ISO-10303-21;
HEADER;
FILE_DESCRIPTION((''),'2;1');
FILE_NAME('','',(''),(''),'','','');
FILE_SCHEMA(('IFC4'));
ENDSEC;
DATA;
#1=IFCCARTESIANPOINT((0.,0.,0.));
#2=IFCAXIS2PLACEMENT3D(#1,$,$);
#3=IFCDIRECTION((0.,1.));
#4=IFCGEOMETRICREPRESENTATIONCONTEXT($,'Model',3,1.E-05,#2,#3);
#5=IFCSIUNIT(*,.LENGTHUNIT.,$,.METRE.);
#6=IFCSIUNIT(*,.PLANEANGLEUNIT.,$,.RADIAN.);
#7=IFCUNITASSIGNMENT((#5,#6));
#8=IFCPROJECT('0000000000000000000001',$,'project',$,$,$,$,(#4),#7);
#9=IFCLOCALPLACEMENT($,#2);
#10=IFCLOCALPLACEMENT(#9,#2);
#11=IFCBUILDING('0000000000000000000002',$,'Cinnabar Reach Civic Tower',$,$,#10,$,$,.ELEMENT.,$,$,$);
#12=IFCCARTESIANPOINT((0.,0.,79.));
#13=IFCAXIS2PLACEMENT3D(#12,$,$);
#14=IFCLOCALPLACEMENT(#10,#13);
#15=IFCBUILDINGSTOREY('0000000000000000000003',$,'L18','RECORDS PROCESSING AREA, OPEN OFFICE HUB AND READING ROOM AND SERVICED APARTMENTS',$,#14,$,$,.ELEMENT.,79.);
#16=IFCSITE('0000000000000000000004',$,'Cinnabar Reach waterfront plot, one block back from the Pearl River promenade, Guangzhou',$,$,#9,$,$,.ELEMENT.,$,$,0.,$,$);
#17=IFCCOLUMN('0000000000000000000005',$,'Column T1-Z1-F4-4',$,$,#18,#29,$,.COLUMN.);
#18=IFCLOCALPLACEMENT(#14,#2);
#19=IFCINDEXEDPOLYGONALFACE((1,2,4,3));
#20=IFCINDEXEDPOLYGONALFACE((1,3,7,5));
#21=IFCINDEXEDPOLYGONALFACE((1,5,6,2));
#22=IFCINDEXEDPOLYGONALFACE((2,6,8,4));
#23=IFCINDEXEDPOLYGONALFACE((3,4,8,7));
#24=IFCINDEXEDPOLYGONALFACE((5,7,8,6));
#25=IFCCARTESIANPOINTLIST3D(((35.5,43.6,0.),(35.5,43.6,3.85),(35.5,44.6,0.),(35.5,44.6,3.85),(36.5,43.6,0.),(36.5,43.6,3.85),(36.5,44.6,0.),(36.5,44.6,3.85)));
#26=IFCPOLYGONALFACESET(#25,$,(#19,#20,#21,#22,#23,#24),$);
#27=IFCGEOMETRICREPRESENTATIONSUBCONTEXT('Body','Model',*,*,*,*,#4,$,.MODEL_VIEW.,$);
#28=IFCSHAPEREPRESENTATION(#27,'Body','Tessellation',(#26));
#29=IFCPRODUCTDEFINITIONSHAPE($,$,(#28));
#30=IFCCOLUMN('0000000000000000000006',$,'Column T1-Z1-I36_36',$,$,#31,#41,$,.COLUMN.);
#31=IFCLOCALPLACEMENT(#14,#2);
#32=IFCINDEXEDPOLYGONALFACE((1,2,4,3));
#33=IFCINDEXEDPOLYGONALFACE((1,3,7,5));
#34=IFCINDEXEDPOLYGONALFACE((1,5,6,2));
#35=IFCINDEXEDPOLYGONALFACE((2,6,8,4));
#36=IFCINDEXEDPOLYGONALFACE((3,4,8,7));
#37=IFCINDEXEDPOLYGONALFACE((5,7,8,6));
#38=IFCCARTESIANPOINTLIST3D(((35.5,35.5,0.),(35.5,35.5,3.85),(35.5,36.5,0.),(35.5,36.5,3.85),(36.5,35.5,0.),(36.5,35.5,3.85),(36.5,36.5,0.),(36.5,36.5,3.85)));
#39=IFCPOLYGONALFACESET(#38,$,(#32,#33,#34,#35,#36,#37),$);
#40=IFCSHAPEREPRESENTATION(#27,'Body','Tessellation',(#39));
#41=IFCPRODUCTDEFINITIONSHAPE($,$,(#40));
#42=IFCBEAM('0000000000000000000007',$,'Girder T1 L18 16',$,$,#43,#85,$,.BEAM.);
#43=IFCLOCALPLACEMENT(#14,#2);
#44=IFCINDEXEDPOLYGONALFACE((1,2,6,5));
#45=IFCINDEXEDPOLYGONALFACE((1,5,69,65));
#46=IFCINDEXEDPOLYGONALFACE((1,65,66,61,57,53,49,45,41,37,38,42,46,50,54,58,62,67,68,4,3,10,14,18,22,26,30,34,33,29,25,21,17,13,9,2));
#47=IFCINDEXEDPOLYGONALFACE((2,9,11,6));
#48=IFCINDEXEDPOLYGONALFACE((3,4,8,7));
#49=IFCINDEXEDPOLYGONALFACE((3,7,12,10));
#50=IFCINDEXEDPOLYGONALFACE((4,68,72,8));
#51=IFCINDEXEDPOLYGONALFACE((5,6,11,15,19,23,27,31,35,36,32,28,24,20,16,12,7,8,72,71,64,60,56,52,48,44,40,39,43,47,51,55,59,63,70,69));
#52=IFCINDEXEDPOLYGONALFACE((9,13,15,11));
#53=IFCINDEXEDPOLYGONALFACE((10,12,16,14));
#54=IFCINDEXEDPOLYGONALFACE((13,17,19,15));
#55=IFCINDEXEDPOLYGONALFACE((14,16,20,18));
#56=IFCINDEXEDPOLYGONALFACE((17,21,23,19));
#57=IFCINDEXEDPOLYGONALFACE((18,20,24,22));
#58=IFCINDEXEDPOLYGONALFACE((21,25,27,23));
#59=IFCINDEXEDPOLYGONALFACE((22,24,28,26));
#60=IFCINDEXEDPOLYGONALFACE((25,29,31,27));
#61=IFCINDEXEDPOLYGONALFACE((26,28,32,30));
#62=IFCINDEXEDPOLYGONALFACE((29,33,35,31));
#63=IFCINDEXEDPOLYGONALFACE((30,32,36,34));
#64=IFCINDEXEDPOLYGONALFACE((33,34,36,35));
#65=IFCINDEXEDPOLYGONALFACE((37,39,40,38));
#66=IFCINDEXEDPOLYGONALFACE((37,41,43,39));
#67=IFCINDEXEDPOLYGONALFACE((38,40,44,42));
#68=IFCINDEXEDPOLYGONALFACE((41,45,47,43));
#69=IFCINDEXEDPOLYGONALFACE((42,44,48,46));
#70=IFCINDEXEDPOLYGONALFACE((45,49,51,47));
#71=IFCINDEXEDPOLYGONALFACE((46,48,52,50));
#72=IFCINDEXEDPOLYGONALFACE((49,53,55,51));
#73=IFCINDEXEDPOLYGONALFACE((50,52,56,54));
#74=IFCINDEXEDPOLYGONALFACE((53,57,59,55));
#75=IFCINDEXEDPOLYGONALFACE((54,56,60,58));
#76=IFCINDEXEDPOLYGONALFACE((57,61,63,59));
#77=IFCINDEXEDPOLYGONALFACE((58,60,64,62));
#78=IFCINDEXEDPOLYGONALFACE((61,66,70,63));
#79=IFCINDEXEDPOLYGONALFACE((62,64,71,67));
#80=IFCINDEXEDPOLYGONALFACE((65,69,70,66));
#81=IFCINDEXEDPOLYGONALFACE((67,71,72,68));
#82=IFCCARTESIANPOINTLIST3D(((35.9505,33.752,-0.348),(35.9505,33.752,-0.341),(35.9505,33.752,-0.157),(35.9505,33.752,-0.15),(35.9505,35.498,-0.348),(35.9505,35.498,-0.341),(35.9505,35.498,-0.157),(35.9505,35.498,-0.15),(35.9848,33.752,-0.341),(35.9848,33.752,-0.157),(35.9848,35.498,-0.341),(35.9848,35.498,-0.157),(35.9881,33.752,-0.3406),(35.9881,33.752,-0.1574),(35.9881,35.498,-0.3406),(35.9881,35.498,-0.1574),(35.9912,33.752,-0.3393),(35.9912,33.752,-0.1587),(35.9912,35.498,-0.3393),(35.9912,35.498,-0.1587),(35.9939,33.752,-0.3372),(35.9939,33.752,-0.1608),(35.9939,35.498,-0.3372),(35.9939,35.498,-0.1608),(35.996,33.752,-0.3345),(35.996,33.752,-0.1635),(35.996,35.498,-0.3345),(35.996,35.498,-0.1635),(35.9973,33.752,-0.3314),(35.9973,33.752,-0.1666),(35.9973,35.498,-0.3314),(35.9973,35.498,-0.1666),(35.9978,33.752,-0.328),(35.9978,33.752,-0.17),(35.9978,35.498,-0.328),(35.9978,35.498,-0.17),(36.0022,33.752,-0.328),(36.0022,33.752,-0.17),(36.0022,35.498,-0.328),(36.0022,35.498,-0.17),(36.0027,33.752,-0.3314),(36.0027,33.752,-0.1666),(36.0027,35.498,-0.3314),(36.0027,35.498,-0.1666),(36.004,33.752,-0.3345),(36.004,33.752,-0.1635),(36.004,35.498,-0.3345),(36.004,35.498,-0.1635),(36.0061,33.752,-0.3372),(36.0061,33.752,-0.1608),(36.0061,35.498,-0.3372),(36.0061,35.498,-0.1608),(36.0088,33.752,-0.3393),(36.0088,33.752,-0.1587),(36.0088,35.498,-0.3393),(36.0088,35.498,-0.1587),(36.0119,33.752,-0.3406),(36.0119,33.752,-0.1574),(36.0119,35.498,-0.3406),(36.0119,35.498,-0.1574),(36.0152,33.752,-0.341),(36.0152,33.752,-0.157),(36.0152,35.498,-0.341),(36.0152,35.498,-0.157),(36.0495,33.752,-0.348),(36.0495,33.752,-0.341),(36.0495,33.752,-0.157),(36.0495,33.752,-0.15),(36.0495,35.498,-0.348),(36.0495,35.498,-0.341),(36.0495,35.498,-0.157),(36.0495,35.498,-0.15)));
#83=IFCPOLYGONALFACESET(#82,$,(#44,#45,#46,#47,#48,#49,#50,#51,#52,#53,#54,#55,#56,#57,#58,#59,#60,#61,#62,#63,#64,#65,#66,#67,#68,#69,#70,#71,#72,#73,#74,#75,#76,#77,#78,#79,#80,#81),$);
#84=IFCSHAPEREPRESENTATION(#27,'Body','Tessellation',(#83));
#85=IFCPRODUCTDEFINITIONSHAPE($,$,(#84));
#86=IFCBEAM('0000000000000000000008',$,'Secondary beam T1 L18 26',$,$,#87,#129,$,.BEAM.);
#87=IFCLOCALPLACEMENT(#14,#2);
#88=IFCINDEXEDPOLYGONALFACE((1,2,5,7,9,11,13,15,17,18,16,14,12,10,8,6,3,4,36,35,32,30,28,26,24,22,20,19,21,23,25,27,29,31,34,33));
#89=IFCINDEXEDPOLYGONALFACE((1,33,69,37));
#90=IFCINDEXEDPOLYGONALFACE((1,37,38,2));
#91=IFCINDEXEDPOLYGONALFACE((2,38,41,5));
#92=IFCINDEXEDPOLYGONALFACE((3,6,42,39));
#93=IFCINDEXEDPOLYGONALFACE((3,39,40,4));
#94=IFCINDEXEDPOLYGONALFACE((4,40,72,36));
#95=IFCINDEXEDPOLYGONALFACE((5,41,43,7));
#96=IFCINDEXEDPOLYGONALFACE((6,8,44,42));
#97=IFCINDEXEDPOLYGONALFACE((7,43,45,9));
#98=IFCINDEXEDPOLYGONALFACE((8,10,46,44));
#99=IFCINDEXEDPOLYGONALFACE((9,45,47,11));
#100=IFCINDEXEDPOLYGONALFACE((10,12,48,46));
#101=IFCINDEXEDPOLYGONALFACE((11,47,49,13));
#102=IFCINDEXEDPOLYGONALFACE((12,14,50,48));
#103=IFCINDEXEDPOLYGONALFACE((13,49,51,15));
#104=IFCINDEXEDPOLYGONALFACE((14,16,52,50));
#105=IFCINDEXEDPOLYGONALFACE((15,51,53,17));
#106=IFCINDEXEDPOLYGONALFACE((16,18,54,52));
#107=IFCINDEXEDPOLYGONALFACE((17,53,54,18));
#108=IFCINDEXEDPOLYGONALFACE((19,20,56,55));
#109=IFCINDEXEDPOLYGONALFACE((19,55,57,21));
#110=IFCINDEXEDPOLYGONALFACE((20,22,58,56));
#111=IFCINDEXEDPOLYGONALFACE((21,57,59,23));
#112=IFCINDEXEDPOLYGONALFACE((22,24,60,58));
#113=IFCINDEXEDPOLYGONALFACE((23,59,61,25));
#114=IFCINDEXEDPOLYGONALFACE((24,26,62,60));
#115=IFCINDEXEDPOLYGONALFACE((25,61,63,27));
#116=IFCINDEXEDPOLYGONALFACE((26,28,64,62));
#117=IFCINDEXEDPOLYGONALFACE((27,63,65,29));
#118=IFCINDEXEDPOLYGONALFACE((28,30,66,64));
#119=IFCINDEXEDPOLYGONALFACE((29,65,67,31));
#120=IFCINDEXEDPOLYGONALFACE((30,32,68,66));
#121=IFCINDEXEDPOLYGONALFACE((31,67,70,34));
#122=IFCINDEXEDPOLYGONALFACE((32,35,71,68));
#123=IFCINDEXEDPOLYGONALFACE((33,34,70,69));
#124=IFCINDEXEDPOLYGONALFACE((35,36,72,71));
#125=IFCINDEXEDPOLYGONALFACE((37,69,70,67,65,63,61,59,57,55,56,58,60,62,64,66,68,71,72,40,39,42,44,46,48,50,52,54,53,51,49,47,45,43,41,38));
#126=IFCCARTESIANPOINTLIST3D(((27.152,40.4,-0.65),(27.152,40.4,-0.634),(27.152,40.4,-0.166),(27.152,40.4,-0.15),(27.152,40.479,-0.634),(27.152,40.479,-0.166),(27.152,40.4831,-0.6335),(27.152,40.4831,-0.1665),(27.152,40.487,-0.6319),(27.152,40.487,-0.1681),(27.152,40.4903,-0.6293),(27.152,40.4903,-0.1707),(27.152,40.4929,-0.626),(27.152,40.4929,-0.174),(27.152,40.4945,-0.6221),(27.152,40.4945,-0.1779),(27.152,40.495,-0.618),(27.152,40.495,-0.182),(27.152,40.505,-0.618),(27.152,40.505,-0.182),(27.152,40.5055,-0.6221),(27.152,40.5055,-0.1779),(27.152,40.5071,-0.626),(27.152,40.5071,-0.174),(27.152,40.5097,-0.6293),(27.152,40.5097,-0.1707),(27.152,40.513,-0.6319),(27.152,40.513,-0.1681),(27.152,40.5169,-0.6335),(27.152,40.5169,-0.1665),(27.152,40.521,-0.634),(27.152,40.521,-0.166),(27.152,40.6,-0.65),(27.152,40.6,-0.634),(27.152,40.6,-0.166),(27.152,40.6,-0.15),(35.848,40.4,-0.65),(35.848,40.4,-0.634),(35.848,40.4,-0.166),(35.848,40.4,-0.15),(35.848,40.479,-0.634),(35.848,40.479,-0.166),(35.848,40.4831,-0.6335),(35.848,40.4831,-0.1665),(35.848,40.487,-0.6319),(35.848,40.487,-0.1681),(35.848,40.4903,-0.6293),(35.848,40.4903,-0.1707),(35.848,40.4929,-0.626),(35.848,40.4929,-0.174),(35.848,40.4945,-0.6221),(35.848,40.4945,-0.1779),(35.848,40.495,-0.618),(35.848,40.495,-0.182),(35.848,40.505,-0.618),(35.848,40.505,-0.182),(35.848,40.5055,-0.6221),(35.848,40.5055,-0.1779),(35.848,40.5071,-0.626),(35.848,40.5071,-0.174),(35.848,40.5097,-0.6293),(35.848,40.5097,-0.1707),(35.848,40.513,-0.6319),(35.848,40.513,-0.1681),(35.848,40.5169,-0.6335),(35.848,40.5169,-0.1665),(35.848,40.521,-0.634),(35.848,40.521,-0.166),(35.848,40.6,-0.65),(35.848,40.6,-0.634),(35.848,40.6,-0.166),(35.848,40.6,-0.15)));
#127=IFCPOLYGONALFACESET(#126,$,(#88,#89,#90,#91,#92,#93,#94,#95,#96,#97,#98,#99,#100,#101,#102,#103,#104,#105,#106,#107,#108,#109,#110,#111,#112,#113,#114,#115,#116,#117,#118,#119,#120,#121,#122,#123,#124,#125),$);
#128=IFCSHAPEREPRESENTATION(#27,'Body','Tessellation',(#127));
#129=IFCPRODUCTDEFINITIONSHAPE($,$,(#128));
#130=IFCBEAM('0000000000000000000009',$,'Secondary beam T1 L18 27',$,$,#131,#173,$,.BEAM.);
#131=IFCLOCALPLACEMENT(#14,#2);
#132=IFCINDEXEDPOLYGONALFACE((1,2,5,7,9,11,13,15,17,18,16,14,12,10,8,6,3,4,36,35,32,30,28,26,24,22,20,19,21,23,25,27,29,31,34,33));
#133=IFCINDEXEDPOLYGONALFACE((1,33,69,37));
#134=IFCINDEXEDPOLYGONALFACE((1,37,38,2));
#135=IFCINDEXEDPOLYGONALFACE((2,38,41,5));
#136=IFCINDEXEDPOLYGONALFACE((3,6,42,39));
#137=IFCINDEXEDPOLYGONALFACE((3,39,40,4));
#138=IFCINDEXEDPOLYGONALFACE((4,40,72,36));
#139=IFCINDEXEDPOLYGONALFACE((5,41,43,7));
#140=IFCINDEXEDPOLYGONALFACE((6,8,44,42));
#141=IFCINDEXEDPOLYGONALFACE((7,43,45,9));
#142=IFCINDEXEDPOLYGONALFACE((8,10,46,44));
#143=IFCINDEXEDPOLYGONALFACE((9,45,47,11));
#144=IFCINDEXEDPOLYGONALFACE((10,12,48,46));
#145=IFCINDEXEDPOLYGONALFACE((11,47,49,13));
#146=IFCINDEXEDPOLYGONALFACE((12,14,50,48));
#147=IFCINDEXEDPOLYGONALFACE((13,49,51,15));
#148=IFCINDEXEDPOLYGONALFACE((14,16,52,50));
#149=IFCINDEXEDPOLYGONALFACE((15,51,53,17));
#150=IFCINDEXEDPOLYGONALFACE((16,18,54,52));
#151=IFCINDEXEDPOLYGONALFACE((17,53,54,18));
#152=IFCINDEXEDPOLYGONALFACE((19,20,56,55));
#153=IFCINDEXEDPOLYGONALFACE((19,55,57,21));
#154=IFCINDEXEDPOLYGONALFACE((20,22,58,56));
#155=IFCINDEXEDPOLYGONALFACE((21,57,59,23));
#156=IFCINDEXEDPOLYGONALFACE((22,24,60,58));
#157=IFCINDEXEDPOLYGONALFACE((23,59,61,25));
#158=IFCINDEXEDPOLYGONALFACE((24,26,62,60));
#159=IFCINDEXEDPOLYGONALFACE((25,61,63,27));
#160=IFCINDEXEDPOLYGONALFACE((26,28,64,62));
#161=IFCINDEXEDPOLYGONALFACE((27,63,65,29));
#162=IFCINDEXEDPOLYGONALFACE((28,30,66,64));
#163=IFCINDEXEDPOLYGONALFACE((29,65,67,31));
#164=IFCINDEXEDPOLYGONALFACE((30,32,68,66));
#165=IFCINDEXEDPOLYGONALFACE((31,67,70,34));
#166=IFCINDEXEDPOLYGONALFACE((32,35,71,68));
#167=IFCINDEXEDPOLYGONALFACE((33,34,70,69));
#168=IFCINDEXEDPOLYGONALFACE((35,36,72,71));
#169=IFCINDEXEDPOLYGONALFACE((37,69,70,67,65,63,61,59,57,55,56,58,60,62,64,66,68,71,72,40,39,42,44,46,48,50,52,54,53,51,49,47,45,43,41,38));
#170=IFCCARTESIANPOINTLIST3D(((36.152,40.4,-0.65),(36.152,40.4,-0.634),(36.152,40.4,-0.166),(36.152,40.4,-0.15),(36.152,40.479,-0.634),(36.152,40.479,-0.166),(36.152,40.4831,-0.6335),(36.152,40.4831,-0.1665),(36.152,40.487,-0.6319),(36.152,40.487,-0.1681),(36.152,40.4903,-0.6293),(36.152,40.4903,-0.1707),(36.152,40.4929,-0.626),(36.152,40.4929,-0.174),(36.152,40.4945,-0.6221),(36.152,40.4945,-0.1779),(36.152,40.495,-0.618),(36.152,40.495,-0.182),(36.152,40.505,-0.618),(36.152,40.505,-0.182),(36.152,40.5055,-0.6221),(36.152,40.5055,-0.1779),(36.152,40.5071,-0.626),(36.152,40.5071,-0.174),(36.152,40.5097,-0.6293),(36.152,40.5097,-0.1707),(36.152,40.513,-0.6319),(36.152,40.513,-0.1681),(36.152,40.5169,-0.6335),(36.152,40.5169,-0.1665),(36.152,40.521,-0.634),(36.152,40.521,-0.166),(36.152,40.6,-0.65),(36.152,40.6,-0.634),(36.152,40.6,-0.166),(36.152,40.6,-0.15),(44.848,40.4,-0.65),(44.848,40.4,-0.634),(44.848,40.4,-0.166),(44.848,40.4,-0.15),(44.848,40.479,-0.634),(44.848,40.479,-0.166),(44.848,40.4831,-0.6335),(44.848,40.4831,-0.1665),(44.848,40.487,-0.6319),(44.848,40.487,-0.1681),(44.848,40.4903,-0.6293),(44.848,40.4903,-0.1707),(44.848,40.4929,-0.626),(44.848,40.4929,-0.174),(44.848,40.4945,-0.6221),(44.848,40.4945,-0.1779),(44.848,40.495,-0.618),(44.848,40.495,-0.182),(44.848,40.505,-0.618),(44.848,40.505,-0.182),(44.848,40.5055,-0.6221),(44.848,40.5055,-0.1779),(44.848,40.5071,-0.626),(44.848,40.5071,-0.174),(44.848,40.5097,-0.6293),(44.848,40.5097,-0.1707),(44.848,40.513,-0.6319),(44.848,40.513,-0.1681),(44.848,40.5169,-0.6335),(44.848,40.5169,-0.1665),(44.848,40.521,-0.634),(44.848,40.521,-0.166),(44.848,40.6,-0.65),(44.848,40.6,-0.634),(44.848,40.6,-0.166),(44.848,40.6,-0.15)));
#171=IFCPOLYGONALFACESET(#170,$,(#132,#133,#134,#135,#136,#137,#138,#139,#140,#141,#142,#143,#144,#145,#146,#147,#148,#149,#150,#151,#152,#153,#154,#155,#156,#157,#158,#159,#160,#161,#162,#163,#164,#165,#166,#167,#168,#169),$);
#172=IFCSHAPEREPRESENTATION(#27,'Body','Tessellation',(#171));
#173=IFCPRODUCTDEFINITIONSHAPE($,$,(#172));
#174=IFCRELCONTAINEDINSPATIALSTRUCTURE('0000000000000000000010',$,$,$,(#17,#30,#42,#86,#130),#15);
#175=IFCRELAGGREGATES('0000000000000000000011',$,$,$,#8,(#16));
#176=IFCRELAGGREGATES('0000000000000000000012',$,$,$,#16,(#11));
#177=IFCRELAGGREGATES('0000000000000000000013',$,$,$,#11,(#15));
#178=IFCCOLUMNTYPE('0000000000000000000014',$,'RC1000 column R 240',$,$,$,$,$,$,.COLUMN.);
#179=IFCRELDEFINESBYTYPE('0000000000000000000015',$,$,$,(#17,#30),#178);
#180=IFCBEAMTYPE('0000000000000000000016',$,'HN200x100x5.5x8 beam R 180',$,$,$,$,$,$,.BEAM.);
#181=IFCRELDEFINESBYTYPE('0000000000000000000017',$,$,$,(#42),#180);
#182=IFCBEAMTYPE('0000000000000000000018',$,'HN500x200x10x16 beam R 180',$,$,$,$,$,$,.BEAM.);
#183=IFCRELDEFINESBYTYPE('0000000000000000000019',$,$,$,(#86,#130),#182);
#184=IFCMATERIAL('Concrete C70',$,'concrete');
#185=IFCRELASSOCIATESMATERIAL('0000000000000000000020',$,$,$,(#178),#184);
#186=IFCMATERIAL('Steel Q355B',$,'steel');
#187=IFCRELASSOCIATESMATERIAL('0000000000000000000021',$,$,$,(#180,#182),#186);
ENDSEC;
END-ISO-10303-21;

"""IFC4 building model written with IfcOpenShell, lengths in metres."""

from ifc_helpers import new_model, si_unit, direction, frame, origin, origin_2d, place, context, subcontext, project, spatial, rectangle, i_section, extrude, material, material_profile, profile_set, type_object, element, save


model = new_model("IFC4")

# Units and contexts
model_context = context("Model", 3, precision=1e-05, world=origin(), true_north=direction((0.0, 1.0)))
body_context = subcontext(model_context, "Body", "Model", "MODEL_VIEW")
ifc_project = project(units=[si_unit("LENGTHUNIT", "METRE"), si_unit("PLANEANGLEUNIT", "RADIAN")], contexts=[model_context])

# Site, building, storey
site_placement = place(None, origin())
site = spatial("IfcSite", under=ifc_project, at=site_placement, Name="Cinnabar Reach waterfront plot, one block back from the Pearl River promenade, Guangzhou", CompositionType="ELEMENT", RefElevation=0.0)
building_placement = place(site_placement, origin())
building = spatial("IfcBuilding", under=site, at=building_placement, Name="Cinnabar Reach Civic Tower", CompositionType="ELEMENT")
storey_placement = place(building_placement, frame((0.0, 0.0, 79.0)))
storey = spatial("IfcBuildingStorey", under=building, at=storey_placement, Name="L18", Description="RECORDS PROCESSING AREA, OPEN OFFICE HUB AND READING ROOM AND SERVICED APARTMENTS", CompositionType="ELEMENT", Elevation=79.0)

# Columns
ifc_material_1 = material(Name="Concrete C70", Category="concrete")
ifc_material_profile_1 = material_profile(ifc_material_1, rectangle(XDim=1.0, YDim=1.0, at=origin_2d()), Name="RC1000")
ifc_profile_set_1 = profile_set([ifc_material_profile_1], Name="Concrete C70")
column_type = type_object("IfcColumnType", Name="RC1000 column R 240", PredefinedType="COLUMN", material=ifc_profile_set_1)
for number, where, z_axis, x_axis, name in (
    (1, (36.0, 44.1, 0.0), (0.0, 0.0, 1.0), (1.0, 0.0, 0.0), "Column T1-Z1-F4-4"),
    (2, (36.0, 36.0, 0.0), (0.0, 0.0, 1.0), (1.0, 0.0, 0.0), "Column T1-Z1-I36_36"),
):
    element("IfcColumn", number, at=place(storey_placement, frame(where, z_axis=z_axis, x_axis=x_axis)), inside=storey, type_object=column_type, Name=name, PredefinedType="COLUMN", context=body_context, shape_type="SweptSolid", body=[
        extrude(rectangle(XDim=1.0, YDim=1.0, at=origin_2d()), origin(), (0.0, 0.0, 1.0), 3.85),
    ])

# Beams
ifc_material_2 = material(Name="Steel Q355B", Category="steel")
ifc_material_profile_2 = material_profile(ifc_material_2, i_section(OverallWidth=0.099, OverallDepth=0.198, WebThickness=0.0045, FlangeThickness=0.007, FilletRadius=0.013, at=origin_2d()), Name="HN200x100x5.5x8")
ifc_profile_set_2 = profile_set([ifc_material_profile_2], Name="Steel Q355B")
beam_type_1 = type_object("IfcBeamType", Name="HN200x100x5.5x8 beam R 180", PredefinedType="BEAM", material=ifc_profile_set_2)
beam_1_placement = place(storey_placement, frame((36.0, 33.752, -0.249), z_axis=(0.0, 1.0, 0.0), x_axis=(-1.0, 0.0, 0.0)))
element("IfcBeam", 3, at=beam_1_placement, inside=storey, type_object=beam_type_1, Name="Girder T1 L18 16", PredefinedType="BEAM", context=body_context, shape_type="SweptSolid", body=[
    extrude(i_section(OverallWidth=0.099, OverallDepth=0.198, WebThickness=0.0045, FlangeThickness=0.007, FilletRadius=0.013, at=origin_2d()), origin(), (0.0, 0.0, 1.0), 1.746),
])
ifc_material_profile_3 = material_profile(ifc_material_2, i_section(OverallWidth=0.2, OverallDepth=0.5, WebThickness=0.01, FlangeThickness=0.016, FilletRadius=0.016, at=origin_2d()), Name="HN500x200x10x16")
ifc_profile_set_3 = profile_set([ifc_material_profile_3], Name="Steel Q355B")
beam_type_2 = type_object("IfcBeamType", Name="HN500x200x10x16 beam R 180", PredefinedType="BEAM", material=ifc_profile_set_3)
for number, where, z_axis, x_axis, name in (
    (4, (27.152, 40.5, -0.4), (1.0, 0.0, 0.0), (0.0, 1.0, 0.0), "Secondary beam T1 L18 26"),
    (5, (36.152, 40.5, -0.4), (1.0, 0.0, 0.0), (0.0, 1.0, 0.0), "Secondary beam T1 L18 27"),
):
    element("IfcBeam", number, at=place(storey_placement, frame(where, z_axis=z_axis, x_axis=x_axis)), inside=storey, type_object=beam_type_2, Name=name, PredefinedType="BEAM", context=body_context, shape_type="SweptSolid", body=[
        extrude(i_section(OverallWidth=0.2, OverallDepth=0.5, WebThickness=0.01, FlangeThickness=0.016, FilletRadius=0.016, at=origin_2d()), origin(), (0.0, 0.0, 1.0), 8.696),
    ])

save(model, "model.ifc")
